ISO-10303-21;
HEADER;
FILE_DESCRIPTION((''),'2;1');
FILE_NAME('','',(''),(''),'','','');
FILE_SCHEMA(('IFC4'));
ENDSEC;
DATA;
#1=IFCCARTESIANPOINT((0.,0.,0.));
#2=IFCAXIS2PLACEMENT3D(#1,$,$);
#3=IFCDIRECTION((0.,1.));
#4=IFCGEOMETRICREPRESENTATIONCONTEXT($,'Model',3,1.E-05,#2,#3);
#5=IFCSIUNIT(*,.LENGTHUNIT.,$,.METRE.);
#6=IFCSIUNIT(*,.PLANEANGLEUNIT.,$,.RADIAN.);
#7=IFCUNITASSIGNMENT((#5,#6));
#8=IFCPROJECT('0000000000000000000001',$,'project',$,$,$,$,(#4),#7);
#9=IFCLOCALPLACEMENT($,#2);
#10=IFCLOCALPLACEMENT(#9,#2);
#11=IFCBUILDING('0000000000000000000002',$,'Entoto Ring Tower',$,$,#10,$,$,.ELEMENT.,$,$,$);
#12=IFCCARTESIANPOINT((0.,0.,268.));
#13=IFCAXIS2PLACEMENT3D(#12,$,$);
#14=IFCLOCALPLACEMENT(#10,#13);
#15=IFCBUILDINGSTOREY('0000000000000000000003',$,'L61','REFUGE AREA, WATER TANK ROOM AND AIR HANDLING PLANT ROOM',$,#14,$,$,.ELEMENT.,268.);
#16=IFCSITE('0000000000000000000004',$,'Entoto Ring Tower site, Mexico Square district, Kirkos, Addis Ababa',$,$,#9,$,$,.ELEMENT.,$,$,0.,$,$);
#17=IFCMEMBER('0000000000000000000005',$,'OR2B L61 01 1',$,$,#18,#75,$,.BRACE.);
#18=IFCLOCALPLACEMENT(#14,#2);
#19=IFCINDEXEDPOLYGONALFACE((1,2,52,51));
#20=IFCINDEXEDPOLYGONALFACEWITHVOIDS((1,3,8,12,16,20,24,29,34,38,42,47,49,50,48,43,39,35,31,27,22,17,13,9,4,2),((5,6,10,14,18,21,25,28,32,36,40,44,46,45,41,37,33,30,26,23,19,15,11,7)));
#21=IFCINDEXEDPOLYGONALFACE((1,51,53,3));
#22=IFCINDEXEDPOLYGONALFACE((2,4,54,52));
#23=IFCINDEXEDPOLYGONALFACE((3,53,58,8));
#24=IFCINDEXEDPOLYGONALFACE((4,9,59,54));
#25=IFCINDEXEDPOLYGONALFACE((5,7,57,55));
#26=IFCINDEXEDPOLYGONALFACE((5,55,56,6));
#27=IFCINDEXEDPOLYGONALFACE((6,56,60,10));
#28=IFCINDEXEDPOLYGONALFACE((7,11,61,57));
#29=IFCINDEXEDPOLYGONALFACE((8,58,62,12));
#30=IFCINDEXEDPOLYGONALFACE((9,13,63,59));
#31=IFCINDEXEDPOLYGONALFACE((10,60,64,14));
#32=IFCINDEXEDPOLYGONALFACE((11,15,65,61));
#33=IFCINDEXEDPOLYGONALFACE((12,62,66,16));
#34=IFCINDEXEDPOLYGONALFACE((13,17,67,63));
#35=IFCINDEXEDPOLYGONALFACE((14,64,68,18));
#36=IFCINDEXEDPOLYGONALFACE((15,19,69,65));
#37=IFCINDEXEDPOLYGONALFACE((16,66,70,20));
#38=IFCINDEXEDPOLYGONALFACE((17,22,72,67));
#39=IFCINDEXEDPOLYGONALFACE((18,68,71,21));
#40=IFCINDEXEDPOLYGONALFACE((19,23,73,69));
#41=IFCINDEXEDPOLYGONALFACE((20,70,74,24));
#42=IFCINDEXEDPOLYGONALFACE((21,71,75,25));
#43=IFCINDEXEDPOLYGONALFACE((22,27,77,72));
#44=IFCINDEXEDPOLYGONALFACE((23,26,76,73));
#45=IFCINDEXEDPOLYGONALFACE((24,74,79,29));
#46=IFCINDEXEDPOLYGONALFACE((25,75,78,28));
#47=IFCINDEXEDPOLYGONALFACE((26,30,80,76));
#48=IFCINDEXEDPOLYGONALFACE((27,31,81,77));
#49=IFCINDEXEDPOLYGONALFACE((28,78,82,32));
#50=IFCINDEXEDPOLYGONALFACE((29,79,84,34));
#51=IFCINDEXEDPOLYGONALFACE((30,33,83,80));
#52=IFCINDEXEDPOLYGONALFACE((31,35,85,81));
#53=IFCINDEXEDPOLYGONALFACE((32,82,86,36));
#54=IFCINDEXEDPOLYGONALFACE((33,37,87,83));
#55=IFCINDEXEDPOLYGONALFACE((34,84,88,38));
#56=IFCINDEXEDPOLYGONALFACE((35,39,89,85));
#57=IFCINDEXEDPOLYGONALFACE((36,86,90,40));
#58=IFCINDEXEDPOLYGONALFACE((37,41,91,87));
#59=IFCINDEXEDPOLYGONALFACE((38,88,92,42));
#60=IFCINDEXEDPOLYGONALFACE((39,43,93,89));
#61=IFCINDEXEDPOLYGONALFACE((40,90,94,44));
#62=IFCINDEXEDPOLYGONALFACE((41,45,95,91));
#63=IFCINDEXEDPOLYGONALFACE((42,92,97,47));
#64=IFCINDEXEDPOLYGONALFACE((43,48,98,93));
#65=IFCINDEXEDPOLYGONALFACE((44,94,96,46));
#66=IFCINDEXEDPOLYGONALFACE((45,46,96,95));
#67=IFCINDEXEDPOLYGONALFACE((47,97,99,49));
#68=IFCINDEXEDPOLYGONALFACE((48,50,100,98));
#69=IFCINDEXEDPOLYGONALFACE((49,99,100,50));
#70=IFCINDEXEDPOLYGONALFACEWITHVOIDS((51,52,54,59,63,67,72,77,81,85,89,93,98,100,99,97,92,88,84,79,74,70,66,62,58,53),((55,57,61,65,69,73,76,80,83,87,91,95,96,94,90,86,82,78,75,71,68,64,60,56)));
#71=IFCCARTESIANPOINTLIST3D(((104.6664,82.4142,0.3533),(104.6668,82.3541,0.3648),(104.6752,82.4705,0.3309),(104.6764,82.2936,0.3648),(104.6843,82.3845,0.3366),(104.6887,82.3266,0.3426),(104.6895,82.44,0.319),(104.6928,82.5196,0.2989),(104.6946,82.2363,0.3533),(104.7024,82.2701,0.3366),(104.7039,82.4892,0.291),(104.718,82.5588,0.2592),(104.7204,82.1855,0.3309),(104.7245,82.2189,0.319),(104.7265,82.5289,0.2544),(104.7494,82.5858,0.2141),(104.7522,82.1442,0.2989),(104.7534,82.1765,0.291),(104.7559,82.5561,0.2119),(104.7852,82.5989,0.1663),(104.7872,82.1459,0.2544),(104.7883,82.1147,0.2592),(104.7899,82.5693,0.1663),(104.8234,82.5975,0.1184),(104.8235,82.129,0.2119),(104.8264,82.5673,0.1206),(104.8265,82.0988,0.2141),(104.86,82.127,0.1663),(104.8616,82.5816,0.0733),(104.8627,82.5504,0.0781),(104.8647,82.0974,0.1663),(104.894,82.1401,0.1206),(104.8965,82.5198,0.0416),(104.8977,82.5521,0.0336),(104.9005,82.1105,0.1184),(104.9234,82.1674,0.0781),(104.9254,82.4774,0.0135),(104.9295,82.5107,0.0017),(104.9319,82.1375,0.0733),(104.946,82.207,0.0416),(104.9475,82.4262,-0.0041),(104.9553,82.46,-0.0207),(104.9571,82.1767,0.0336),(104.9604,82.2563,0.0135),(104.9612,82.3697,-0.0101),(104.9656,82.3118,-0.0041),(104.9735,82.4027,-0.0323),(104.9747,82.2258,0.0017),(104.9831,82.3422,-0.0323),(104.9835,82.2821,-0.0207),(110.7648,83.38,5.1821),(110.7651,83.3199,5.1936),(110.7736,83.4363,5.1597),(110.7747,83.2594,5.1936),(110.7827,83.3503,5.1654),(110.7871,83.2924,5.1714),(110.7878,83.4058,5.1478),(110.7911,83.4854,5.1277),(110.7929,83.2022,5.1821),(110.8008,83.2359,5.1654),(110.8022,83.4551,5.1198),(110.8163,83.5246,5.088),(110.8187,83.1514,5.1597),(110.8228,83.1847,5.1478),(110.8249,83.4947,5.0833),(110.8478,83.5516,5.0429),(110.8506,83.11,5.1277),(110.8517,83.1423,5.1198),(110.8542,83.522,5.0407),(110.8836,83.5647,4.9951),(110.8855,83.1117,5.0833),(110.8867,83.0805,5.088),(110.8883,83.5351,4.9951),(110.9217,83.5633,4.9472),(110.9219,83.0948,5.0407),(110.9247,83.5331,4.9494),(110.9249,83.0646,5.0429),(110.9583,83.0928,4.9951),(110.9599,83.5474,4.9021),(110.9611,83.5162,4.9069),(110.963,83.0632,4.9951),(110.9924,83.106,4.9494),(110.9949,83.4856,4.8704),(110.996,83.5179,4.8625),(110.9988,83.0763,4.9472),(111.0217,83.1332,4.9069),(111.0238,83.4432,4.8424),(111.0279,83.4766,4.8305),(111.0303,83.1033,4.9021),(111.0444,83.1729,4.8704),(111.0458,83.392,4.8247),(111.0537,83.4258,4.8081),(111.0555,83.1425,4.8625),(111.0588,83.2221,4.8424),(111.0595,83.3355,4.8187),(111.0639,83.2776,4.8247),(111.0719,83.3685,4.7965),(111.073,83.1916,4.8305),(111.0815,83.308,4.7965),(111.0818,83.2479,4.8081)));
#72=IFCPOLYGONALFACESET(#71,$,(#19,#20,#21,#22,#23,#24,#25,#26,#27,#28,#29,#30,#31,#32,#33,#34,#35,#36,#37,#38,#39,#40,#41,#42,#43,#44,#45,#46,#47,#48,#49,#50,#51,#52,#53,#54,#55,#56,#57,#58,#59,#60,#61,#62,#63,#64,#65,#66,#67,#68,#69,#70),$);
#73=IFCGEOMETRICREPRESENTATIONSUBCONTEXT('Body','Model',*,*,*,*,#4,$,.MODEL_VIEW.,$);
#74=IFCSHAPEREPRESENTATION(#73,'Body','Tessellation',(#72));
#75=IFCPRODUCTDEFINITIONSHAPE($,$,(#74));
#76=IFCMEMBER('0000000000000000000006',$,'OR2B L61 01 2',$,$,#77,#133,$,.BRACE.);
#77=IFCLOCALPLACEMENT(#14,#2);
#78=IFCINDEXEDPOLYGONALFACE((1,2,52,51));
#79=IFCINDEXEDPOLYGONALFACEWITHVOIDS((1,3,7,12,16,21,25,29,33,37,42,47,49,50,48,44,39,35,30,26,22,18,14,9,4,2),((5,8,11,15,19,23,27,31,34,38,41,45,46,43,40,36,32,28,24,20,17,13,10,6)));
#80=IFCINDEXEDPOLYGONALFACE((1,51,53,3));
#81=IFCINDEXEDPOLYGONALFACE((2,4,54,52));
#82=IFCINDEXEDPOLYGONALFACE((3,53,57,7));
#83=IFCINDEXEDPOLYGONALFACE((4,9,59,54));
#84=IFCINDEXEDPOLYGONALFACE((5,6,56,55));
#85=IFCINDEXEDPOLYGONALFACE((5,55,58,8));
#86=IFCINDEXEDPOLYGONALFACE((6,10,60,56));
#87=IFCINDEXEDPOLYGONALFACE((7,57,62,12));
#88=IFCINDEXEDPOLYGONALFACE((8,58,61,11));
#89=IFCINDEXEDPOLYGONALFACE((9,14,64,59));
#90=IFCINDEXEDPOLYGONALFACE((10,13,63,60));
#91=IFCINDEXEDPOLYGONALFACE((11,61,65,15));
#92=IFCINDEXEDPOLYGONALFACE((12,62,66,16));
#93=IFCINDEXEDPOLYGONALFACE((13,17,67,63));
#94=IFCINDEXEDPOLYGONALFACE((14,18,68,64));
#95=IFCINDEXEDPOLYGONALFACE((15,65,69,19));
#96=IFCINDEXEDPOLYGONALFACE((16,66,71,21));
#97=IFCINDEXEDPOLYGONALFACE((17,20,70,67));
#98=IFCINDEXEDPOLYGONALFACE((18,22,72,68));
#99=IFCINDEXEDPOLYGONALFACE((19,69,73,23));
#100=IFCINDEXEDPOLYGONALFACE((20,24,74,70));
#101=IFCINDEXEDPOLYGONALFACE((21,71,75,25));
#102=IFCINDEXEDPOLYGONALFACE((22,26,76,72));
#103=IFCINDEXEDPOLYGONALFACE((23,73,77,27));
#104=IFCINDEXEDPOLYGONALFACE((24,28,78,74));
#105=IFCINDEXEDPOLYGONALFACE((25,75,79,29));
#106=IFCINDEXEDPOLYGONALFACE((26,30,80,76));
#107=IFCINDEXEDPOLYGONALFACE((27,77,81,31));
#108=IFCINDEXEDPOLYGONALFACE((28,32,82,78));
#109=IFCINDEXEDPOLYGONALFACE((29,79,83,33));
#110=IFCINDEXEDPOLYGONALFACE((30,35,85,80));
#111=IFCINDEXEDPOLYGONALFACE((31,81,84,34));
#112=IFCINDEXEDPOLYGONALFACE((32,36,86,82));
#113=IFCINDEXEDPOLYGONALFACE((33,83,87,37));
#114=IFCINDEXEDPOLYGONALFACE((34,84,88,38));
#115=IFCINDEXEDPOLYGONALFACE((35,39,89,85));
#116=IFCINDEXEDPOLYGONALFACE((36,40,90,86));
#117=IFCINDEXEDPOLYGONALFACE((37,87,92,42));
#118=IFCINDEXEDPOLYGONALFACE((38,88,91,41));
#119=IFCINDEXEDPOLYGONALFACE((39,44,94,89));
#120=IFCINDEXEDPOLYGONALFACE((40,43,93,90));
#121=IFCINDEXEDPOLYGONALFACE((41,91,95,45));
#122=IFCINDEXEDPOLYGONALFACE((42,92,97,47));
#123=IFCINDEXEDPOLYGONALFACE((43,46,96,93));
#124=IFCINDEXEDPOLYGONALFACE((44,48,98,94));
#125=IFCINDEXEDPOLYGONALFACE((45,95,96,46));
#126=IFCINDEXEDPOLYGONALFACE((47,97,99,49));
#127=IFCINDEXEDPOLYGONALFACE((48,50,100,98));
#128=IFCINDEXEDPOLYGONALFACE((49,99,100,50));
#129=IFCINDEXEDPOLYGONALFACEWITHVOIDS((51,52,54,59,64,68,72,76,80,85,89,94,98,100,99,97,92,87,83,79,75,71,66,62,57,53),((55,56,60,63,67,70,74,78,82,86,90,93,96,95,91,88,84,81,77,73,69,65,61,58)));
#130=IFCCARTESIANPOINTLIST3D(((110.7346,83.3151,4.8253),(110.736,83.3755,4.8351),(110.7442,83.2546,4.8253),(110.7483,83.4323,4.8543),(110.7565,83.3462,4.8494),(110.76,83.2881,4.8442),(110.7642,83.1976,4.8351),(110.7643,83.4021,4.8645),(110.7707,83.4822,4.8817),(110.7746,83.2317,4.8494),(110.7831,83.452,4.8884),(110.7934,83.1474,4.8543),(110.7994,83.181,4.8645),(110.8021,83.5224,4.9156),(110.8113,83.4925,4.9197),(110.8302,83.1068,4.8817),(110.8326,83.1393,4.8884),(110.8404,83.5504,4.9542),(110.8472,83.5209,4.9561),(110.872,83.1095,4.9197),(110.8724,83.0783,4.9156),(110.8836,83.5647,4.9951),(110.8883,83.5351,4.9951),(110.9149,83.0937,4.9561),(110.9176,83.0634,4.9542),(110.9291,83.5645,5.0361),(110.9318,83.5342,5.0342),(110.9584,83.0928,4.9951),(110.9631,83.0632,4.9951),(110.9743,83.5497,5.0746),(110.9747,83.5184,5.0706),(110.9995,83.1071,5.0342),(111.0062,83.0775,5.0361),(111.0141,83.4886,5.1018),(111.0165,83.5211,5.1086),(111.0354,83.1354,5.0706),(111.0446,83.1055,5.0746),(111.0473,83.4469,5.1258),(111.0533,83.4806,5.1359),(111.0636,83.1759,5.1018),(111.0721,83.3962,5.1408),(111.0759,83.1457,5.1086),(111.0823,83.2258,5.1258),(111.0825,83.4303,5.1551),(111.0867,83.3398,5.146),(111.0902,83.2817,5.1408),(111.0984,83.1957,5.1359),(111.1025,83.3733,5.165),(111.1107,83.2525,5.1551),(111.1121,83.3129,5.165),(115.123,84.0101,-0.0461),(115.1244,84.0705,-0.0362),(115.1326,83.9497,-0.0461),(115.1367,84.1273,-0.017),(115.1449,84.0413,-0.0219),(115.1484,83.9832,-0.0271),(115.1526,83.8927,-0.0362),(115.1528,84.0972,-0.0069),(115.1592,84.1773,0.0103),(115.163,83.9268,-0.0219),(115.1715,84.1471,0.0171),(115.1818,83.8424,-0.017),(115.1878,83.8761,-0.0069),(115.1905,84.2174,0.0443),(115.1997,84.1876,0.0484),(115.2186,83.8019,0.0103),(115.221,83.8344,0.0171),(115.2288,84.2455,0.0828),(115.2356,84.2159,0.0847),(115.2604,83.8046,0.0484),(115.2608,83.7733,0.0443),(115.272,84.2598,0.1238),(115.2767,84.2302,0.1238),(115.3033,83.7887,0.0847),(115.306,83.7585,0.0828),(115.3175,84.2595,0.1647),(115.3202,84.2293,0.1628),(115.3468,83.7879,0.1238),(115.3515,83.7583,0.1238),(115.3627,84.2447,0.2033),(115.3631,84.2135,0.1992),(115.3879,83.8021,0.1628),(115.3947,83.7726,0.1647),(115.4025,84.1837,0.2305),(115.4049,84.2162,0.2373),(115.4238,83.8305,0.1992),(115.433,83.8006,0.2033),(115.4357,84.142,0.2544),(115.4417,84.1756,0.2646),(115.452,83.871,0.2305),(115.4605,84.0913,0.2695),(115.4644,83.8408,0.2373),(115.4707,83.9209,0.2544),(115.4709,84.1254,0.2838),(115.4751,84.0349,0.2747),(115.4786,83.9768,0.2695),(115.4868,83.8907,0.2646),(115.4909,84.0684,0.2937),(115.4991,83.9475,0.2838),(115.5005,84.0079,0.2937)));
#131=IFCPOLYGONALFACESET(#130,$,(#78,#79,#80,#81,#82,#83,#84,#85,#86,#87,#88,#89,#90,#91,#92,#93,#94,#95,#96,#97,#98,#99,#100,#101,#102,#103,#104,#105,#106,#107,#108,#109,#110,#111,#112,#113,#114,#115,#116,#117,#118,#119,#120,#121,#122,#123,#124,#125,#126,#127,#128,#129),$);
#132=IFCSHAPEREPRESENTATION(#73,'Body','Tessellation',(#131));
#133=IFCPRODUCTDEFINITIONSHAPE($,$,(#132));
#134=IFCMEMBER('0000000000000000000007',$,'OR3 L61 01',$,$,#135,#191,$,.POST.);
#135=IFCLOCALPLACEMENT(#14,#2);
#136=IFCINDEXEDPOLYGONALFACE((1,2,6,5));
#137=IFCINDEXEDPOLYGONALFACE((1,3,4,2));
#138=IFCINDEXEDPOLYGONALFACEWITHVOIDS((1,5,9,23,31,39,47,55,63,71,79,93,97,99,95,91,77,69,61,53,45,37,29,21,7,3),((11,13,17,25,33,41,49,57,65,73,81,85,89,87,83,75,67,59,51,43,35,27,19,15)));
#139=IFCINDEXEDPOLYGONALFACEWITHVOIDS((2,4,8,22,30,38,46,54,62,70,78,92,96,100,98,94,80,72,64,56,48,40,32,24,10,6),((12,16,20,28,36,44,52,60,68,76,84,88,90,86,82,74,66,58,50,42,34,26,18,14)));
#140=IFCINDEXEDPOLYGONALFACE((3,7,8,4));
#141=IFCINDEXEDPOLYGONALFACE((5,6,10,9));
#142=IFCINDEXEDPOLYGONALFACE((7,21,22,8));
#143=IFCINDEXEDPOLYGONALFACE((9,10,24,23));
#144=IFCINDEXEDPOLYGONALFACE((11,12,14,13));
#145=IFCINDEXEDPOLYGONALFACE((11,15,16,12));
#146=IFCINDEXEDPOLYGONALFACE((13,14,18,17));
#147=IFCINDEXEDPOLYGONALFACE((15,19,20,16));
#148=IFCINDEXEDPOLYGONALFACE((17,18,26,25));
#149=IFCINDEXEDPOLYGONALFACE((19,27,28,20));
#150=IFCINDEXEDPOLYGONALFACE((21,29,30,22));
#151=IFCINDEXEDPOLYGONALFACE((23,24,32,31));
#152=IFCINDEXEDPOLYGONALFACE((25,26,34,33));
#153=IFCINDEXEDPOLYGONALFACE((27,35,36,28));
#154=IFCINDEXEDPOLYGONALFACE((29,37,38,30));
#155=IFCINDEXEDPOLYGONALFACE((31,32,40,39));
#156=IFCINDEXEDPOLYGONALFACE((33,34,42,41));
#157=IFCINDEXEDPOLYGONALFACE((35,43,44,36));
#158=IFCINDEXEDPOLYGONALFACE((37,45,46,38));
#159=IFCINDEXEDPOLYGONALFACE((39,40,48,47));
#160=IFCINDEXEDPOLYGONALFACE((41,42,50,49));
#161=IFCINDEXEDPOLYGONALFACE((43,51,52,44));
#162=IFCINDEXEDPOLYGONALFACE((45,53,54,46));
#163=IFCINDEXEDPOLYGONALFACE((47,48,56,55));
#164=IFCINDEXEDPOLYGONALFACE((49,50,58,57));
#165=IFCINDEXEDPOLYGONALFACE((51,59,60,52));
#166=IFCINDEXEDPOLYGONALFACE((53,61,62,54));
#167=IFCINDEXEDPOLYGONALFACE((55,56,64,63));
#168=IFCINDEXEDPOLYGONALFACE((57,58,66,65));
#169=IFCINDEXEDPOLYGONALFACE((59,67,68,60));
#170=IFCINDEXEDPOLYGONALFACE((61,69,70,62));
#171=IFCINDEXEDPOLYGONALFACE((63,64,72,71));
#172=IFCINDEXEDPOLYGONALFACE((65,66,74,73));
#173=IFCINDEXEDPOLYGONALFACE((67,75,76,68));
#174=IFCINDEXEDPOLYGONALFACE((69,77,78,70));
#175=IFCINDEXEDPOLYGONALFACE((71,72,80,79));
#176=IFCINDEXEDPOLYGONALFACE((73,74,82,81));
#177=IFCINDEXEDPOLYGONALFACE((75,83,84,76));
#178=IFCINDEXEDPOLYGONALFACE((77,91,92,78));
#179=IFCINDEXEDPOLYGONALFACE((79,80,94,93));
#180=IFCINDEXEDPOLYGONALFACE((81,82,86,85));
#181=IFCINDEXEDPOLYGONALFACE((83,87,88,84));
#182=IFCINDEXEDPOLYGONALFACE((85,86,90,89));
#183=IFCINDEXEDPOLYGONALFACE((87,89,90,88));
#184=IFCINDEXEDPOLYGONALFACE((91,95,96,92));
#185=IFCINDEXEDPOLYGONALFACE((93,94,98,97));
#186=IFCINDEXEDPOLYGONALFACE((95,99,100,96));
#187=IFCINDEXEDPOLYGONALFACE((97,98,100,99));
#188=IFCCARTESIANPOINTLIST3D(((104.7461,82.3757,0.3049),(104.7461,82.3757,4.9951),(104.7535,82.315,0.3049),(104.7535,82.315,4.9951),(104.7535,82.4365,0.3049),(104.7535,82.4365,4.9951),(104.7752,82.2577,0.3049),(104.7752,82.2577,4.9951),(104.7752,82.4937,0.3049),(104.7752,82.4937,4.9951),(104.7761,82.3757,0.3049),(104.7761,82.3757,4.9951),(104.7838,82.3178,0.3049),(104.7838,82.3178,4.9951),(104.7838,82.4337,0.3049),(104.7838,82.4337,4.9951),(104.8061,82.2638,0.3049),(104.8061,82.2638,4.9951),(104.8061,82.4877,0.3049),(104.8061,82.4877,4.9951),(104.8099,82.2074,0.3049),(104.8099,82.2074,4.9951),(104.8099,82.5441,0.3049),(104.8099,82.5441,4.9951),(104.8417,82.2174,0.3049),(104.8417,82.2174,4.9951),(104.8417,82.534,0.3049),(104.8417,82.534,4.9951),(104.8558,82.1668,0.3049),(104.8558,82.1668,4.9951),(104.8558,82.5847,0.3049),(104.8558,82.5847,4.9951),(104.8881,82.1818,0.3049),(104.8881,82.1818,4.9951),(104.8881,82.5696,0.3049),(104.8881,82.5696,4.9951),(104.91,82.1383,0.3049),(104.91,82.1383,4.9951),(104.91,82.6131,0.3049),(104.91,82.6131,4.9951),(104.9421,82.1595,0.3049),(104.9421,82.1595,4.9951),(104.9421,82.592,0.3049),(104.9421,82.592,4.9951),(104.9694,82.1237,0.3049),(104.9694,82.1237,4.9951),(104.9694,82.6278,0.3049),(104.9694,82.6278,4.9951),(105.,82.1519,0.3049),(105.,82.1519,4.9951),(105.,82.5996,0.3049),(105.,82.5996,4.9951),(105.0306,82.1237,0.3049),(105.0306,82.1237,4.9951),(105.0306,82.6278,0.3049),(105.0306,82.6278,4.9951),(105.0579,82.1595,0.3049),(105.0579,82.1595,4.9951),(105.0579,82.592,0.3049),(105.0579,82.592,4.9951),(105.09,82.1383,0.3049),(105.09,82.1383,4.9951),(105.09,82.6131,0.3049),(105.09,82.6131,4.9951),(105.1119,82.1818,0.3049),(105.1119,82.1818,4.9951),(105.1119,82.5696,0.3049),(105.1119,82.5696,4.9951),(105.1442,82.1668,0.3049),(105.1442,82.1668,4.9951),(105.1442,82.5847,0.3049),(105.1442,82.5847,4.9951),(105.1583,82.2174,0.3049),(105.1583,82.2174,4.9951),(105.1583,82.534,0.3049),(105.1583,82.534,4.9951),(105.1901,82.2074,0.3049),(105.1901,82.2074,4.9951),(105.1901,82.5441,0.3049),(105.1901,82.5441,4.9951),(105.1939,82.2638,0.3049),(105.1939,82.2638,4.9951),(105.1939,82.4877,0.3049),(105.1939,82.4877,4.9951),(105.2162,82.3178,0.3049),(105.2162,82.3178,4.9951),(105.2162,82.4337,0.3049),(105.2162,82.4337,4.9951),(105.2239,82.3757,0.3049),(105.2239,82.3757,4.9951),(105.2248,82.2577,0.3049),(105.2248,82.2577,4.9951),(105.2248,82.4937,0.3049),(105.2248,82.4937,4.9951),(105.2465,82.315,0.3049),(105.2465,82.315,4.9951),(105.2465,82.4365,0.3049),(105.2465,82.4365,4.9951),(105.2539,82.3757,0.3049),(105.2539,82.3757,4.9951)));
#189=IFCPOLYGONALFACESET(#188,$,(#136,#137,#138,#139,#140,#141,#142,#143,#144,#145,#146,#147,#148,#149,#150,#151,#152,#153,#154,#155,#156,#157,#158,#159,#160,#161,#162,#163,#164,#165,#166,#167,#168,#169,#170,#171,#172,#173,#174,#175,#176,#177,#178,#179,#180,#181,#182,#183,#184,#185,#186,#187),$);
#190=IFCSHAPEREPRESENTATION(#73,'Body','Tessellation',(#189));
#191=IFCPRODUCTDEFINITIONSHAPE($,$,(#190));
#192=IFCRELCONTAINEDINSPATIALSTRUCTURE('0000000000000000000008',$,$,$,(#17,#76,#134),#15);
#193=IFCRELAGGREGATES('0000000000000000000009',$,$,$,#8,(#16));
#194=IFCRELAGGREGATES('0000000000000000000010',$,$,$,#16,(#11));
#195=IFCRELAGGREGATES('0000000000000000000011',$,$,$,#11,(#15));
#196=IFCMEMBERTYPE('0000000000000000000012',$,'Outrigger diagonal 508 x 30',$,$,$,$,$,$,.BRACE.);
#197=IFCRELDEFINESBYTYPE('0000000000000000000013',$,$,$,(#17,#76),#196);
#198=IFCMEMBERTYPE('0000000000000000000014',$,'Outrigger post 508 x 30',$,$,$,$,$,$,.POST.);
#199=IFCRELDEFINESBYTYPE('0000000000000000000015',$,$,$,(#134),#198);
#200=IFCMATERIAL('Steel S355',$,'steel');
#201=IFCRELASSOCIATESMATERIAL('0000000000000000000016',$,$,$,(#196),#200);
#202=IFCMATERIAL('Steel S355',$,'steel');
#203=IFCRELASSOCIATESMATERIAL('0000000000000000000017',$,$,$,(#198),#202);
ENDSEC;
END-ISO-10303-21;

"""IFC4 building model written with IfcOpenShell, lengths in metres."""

from ifc_helpers import new_model, si_unit, direction, frame, origin, origin_2d, place, context, subcontext, project, spatial, circle, hollow_circle, extrude, material, material_profile, profile_set, type_object, element, save


model = new_model("IFC4")

# Units and contexts
model_context = context("Model", 3, precision=1e-05, world=origin(), true_north=direction((0.0, 1.0)))
body_context = subcontext(model_context, "Body", "Model", "MODEL_VIEW")
ifc_project = project(units=[si_unit("LENGTHUNIT", "METRE"), si_unit("PLANEANGLEUNIT", "RADIAN")], contexts=[model_context])

# Site, building, storey
site_placement = place(None, origin())
site = spatial("IfcSite", under=ifc_project, at=site_placement, Name="Entoto Ring Tower site, Mexico Square district, Kirkos, Addis Ababa", CompositionType="ELEMENT", RefElevation=0.0)
building_placement = place(site_placement, origin())
building = spatial("IfcBuilding", under=site, at=building_placement, Name="Entoto Ring Tower", CompositionType="ELEMENT")
storey_placement = place(building_placement, frame((0.0, 0.0, 268.0)))
storey = spatial("IfcBuildingStorey", under=building, at=storey_placement, Name="L61", Description="REFUGE AREA, WATER TANK ROOM AND AIR HANDLING PLANT ROOM", CompositionType="ELEMENT", Elevation=268.0)

# Members
ifc_material_1 = material(Name="Steel S355", Category="steel")
ifc_material_profile_1 = material_profile(ifc_material_1, hollow_circle(Radius=0.2539, WallThickness=0.03, at=origin_2d()), Name="CHS 508 x 30")
ifc_material_2 = material(Name="Concrete C60/75", Category="concrete")
ifc_material_profile_2 = material_profile(ifc_material_2, circle(Radius=0.2241, at=origin_2d()), Name="Concrete C60/75 infill")
ifc_profile_set_1 = profile_set([ifc_material_profile_1, ifc_material_profile_2], Name="Steel S355")
member_type_1 = type_object("IfcMemberType", Name="Outrigger diagonal 508 x 30", PredefinedType="BRACE", material=ifc_profile_set_1)
member_1_placement = place(storey_placement, frame((104.825, 82.3481, 0.1663), z_axis=(0.778011, 0.123216, 0.616049), x_axis=(-0.156423, 0.98769, 0.0)))
element("IfcMember", 1, at=member_1_placement, inside=storey, type_object=member_type_1, Name="OR2B L61 01 1", PredefinedType="BRACE", context=body_context, shape_type="SweptSolid", body=[
    extrude(hollow_circle(Radius=0.2539, WallThickness=0.03, at=origin_2d()), origin(), (0.0, 0.0, 1.0), 7.8384),
])
member_2_placement = place(storey_placement, frame((110.9233, 83.314, 4.9951), z_axis=(0.665591, 0.105421, -0.738834), x_axis=(-0.156437, 0.987688, 0.0)))
element("IfcMember", 2, at=member_2_placement, inside=storey, type_object=member_type_1, Name="OR2B L61 01 2", PredefinedType="BRACE", context=body_context, shape_type="SweptSolid", body=[
    extrude(hollow_circle(Radius=0.2539, WallThickness=0.03, at=origin_2d()), origin(), (0.0, 0.0, 1.0), 6.5933),
])
ifc_material_3 = material(Name="Steel S355", Category="steel")
ifc_material_profile_3 = material_profile(ifc_material_3, hollow_circle(Radius=0.2539, WallThickness=0.03, at=origin_2d()), Name="CHS 508 x 30")
ifc_material_4 = material(Name="Concrete C60/75", Category="concrete")
ifc_material_profile_4 = material_profile(ifc_material_4, circle(Radius=0.2241, at=origin_2d()), Name="Concrete C60/75 infill")
ifc_profile_set_2 = profile_set([ifc_material_profile_3, ifc_material_profile_4], Name="Steel S355")
member_type_2 = type_object("IfcMemberType", Name="Outrigger post 508 x 30", PredefinedType="POST", material=ifc_profile_set_2)
member_3_placement = place(storey_placement, frame((105.0, 82.3757, 0.3049), z_axis=(0.0, 0.0, 1.0), x_axis=(1.0, 0.0, 0.0)))
element("IfcMember", 3, at=member_3_placement, inside=storey, type_object=member_type_2, Name="OR3 L61 01", PredefinedType="POST", context=body_context, shape_type="SweptSolid", body=[
    extrude(hollow_circle(Radius=0.2539, WallThickness=0.03, at=origin_2d()), origin(), (0.0, 0.0, 1.0), 4.6902),
])

save(model, "model.ifc")
